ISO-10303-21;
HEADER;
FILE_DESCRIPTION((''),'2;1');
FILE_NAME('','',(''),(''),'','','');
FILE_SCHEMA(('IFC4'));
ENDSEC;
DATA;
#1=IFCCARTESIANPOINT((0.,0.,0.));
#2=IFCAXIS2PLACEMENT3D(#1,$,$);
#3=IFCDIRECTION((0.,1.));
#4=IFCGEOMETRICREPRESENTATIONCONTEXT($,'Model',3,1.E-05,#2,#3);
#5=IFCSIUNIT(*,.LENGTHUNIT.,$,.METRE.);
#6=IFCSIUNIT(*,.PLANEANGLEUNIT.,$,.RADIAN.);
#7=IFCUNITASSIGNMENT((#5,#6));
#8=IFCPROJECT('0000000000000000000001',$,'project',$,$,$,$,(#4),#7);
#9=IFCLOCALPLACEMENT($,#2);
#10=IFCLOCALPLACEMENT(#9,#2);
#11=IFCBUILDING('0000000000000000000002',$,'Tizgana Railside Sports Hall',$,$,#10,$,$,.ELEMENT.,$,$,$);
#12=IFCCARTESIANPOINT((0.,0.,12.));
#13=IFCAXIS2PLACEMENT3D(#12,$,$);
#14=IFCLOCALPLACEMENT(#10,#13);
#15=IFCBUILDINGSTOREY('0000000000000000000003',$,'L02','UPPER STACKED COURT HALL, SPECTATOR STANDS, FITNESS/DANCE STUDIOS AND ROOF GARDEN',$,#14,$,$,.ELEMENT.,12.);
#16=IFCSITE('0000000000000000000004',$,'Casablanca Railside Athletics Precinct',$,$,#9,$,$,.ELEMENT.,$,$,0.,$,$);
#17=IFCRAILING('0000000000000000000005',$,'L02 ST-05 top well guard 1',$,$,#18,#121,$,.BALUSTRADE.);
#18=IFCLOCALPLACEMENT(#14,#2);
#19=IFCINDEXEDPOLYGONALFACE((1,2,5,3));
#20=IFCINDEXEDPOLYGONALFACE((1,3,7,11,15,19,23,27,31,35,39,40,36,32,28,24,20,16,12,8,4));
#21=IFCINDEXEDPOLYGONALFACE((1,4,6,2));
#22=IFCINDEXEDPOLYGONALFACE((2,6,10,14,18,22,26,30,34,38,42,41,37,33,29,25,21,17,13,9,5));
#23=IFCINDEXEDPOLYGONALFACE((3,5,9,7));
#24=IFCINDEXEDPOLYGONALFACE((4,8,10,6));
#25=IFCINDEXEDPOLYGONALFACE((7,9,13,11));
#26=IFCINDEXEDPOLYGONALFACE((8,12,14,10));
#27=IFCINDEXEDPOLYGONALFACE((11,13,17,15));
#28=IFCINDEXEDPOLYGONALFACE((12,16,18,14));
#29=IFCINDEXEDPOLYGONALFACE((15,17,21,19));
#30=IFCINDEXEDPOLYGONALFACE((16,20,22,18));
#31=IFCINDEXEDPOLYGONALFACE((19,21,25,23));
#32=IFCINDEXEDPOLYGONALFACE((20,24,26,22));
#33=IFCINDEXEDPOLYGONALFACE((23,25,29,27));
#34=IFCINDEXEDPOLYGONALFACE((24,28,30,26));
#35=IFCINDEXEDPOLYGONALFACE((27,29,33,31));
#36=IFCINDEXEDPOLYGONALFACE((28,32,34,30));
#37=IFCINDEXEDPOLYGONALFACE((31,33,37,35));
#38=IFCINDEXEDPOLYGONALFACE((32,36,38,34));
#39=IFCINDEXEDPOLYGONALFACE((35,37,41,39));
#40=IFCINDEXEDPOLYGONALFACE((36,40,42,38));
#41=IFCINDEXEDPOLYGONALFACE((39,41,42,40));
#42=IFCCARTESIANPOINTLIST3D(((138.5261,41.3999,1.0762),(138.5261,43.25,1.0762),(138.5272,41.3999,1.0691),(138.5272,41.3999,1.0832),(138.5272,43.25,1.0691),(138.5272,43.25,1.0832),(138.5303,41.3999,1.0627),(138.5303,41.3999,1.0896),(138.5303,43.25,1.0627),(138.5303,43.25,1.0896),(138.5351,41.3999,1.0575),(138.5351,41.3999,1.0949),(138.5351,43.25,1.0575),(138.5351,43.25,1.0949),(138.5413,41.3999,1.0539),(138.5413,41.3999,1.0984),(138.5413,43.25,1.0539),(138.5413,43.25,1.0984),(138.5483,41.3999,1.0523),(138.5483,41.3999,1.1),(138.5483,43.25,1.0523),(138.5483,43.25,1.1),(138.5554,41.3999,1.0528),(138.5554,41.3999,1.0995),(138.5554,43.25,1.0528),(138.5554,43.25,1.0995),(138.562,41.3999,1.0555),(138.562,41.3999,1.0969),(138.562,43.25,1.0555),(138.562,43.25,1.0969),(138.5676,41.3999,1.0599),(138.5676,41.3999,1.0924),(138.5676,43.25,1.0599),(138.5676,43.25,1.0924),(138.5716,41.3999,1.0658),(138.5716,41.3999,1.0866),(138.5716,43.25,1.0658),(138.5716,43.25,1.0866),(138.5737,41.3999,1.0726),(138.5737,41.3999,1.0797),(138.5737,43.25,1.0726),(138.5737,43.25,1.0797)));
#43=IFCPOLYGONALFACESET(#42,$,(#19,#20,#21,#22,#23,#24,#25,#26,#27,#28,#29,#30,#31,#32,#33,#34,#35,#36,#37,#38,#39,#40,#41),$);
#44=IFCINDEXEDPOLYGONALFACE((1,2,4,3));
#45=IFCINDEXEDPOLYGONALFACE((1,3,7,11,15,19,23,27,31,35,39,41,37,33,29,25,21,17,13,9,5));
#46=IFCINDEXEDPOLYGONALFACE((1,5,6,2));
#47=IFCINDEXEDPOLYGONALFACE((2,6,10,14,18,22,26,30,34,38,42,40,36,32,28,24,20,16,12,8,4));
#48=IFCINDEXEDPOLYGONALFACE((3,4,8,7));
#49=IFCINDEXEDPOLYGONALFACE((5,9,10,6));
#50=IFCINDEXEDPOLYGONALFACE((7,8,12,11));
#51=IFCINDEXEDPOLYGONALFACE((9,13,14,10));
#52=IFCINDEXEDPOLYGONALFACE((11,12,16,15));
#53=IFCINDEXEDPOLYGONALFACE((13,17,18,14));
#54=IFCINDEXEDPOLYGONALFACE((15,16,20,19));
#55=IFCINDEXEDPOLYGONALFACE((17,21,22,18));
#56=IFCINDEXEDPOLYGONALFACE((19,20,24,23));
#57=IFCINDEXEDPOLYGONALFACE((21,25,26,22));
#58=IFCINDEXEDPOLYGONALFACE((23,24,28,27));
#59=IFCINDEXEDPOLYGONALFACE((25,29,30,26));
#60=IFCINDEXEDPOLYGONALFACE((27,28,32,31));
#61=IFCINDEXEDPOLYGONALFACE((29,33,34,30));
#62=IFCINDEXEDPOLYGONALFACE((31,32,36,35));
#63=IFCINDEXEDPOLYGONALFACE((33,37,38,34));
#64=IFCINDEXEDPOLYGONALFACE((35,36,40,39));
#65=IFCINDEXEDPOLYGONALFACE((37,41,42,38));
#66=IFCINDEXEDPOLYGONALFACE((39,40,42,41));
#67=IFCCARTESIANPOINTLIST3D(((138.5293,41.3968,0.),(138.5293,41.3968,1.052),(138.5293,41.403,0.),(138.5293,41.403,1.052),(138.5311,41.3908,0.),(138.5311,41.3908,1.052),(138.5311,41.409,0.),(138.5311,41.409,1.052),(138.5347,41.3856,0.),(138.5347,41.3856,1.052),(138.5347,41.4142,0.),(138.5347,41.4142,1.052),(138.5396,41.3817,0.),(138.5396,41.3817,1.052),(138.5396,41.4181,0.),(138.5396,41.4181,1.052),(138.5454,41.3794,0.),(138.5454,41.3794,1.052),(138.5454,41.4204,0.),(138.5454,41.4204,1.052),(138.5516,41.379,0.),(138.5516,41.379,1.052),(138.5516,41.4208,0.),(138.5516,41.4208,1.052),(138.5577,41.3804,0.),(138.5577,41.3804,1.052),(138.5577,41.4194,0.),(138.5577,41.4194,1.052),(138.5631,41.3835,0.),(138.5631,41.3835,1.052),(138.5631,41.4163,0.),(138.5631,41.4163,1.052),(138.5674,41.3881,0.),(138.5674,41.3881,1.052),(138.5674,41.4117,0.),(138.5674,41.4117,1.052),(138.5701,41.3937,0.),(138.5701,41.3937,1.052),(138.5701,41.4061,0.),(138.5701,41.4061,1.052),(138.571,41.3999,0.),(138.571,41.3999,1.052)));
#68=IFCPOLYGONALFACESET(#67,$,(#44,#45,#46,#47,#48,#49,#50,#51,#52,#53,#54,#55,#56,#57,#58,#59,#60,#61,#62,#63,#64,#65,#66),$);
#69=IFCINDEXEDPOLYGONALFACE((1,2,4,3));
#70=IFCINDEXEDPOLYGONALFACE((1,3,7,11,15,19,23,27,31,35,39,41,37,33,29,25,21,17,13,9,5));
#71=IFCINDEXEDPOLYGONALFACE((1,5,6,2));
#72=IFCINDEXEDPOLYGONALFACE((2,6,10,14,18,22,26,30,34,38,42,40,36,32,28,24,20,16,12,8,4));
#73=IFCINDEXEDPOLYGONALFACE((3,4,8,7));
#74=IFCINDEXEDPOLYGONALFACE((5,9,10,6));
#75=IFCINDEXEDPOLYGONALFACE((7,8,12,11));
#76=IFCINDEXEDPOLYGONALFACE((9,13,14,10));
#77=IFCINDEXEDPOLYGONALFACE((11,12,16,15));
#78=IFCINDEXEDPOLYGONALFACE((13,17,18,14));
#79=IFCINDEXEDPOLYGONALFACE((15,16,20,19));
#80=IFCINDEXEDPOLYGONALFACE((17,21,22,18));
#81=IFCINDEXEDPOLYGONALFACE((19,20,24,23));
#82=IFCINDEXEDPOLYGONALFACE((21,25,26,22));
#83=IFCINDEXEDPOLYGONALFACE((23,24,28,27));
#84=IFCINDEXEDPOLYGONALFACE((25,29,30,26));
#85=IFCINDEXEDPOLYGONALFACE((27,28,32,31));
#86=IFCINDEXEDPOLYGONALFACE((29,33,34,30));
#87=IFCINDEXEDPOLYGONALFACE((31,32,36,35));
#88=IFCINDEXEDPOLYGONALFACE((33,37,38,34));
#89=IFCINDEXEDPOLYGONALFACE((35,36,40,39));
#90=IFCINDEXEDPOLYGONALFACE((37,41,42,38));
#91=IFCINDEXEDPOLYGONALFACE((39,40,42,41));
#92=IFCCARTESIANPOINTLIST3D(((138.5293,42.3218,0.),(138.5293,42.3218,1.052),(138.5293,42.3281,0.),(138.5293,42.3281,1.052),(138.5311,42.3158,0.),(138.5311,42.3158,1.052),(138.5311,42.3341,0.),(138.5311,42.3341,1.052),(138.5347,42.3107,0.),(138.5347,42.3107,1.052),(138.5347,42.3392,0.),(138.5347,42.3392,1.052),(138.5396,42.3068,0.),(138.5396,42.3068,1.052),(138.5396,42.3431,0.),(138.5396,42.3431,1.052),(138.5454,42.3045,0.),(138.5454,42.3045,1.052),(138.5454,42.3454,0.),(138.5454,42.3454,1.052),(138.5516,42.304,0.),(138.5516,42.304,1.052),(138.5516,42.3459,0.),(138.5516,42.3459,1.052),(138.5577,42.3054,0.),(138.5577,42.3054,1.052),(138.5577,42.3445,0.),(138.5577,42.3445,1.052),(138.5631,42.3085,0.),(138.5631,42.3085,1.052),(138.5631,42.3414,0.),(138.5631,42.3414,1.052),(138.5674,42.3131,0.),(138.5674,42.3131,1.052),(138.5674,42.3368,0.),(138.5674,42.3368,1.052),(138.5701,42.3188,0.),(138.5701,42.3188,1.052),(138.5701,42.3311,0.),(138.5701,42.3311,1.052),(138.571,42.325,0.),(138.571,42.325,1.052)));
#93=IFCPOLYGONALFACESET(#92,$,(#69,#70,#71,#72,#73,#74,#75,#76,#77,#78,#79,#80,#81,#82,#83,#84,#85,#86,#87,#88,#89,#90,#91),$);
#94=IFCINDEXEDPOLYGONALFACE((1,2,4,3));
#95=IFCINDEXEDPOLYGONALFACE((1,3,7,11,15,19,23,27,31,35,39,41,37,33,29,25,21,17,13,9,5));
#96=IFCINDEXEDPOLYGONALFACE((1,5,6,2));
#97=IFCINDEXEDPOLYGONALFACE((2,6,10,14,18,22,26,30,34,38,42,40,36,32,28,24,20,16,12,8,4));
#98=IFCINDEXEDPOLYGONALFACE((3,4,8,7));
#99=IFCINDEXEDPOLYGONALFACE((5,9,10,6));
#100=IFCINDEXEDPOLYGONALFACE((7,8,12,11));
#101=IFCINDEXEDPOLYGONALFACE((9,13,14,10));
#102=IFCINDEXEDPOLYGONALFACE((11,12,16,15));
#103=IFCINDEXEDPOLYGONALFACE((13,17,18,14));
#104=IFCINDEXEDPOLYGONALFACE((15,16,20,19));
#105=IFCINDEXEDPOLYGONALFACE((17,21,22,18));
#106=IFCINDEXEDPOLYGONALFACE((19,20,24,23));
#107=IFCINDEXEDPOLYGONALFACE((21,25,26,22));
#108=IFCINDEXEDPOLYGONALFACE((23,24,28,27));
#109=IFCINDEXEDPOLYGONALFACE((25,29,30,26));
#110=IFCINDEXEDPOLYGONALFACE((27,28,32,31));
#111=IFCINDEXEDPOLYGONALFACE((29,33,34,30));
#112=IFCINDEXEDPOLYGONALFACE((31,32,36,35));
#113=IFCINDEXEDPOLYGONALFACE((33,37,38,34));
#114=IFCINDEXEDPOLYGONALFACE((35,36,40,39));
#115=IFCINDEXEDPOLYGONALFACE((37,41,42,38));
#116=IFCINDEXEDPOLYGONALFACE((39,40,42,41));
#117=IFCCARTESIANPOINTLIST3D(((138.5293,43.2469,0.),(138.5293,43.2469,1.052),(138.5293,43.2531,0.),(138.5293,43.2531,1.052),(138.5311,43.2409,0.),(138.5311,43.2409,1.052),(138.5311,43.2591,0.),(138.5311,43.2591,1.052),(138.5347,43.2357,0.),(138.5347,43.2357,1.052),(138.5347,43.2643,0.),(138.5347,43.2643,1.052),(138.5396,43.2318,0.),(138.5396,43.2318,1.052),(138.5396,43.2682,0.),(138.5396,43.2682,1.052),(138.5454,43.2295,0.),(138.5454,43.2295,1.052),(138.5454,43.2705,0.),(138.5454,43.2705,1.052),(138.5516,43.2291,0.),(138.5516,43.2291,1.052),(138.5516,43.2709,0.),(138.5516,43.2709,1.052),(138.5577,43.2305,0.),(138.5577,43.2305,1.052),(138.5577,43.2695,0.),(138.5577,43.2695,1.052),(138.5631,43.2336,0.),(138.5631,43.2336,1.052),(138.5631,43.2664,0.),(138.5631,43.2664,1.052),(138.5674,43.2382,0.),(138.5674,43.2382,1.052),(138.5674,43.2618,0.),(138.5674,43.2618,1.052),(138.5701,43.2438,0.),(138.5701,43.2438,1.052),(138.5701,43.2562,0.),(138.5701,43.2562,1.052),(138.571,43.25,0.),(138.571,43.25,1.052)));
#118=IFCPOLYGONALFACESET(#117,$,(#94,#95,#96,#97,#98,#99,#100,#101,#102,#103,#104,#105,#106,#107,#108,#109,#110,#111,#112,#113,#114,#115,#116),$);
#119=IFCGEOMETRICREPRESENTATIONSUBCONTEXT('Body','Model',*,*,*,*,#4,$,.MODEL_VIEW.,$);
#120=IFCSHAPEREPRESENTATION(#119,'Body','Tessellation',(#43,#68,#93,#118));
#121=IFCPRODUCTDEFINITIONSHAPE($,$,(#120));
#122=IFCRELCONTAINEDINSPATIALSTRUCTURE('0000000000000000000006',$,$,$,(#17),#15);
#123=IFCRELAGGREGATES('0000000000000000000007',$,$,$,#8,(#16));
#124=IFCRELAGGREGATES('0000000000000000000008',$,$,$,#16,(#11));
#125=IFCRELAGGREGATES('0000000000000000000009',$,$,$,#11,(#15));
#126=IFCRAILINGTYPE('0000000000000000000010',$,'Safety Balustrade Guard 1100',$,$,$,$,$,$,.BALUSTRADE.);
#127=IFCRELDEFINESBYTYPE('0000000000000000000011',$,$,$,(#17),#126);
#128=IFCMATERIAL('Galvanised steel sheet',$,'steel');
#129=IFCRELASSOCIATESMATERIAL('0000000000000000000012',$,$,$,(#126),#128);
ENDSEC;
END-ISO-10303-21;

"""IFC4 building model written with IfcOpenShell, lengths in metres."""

from ifc_helpers import new_model, si_unit, direction, frame, origin, origin_2d, place, context, subcontext, project, spatial, circle, extrude, material, type_object, element, save


model = new_model("IFC4")

# Units and contexts
model_context = context("Model", 3, precision=1e-05, world=origin(), true_north=direction((0.0, 1.0)))
body_context = subcontext(model_context, "Body", "Model", "MODEL_VIEW")
ifc_project = project(units=[si_unit("LENGTHUNIT", "METRE"), si_unit("PLANEANGLEUNIT", "RADIAN")], contexts=[model_context])

# Site, building, storey
site_placement = place(None, origin())
site = spatial("IfcSite", under=ifc_project, at=site_placement, Name="Casablanca Railside Athletics Precinct", CompositionType="ELEMENT", RefElevation=0.0)
building_placement = place(site_placement, origin())
building = spatial("IfcBuilding", under=site, at=building_placement, Name="Tizgana Railside Sports Hall", CompositionType="ELEMENT")
storey_placement = place(building_placement, frame((0.0, 0.0, 12.0)))
storey = spatial("IfcBuildingStorey", under=building, at=storey_placement, Name="L02", Description="UPPER STACKED COURT HALL, SPECTATOR STANDS, FITNESS/DANCE STUDIOS AND ROOF GARDEN", CompositionType="ELEMENT", Elevation=12.0)

# Railing
ifc_material_1 = material(Name="Galvanised steel sheet", Category="steel")
railing_type_1 = type_object("IfcRailingType", Name="Safety Balustrade Guard 1100", PredefinedType="BALUSTRADE", material=ifc_material_1)
railing_1_placement = place(storey_placement, frame((138.55, 41.3999, 0.0)))
element("IfcRailing", 1, at=railing_1_placement, inside=storey, type_object=railing_type_1, Name="L02 ST-05 top well guard 1", PredefinedType="BALUSTRADE", context=body_context, shape_type="SweptSolid", body=[
    extrude(circle(Radius=0.0239, at=origin_2d()), frame((0.0, 0.0, 1.0762), z_axis=(0.0, 1.0, 0.0), x_axis=(-1.0, 0.0, 0.0)), (0.0, 0.0, 1.0), 1.8501),
    extrude(circle(Radius=0.021, at=origin_2d()), origin(), (0.0, 0.0, 1.0), 1.052),
    extrude(circle(Radius=0.021, at=origin_2d()), frame((0.0, 0.925, 0.0)), (0.0, 0.0, 1.0), 1.052),
    extrude(circle(Radius=0.021, at=origin_2d()), frame((0.0, 1.8501, 0.0)), (0.0, 0.0, 1.0), 1.052),
])

save(model, "model.ifc")
